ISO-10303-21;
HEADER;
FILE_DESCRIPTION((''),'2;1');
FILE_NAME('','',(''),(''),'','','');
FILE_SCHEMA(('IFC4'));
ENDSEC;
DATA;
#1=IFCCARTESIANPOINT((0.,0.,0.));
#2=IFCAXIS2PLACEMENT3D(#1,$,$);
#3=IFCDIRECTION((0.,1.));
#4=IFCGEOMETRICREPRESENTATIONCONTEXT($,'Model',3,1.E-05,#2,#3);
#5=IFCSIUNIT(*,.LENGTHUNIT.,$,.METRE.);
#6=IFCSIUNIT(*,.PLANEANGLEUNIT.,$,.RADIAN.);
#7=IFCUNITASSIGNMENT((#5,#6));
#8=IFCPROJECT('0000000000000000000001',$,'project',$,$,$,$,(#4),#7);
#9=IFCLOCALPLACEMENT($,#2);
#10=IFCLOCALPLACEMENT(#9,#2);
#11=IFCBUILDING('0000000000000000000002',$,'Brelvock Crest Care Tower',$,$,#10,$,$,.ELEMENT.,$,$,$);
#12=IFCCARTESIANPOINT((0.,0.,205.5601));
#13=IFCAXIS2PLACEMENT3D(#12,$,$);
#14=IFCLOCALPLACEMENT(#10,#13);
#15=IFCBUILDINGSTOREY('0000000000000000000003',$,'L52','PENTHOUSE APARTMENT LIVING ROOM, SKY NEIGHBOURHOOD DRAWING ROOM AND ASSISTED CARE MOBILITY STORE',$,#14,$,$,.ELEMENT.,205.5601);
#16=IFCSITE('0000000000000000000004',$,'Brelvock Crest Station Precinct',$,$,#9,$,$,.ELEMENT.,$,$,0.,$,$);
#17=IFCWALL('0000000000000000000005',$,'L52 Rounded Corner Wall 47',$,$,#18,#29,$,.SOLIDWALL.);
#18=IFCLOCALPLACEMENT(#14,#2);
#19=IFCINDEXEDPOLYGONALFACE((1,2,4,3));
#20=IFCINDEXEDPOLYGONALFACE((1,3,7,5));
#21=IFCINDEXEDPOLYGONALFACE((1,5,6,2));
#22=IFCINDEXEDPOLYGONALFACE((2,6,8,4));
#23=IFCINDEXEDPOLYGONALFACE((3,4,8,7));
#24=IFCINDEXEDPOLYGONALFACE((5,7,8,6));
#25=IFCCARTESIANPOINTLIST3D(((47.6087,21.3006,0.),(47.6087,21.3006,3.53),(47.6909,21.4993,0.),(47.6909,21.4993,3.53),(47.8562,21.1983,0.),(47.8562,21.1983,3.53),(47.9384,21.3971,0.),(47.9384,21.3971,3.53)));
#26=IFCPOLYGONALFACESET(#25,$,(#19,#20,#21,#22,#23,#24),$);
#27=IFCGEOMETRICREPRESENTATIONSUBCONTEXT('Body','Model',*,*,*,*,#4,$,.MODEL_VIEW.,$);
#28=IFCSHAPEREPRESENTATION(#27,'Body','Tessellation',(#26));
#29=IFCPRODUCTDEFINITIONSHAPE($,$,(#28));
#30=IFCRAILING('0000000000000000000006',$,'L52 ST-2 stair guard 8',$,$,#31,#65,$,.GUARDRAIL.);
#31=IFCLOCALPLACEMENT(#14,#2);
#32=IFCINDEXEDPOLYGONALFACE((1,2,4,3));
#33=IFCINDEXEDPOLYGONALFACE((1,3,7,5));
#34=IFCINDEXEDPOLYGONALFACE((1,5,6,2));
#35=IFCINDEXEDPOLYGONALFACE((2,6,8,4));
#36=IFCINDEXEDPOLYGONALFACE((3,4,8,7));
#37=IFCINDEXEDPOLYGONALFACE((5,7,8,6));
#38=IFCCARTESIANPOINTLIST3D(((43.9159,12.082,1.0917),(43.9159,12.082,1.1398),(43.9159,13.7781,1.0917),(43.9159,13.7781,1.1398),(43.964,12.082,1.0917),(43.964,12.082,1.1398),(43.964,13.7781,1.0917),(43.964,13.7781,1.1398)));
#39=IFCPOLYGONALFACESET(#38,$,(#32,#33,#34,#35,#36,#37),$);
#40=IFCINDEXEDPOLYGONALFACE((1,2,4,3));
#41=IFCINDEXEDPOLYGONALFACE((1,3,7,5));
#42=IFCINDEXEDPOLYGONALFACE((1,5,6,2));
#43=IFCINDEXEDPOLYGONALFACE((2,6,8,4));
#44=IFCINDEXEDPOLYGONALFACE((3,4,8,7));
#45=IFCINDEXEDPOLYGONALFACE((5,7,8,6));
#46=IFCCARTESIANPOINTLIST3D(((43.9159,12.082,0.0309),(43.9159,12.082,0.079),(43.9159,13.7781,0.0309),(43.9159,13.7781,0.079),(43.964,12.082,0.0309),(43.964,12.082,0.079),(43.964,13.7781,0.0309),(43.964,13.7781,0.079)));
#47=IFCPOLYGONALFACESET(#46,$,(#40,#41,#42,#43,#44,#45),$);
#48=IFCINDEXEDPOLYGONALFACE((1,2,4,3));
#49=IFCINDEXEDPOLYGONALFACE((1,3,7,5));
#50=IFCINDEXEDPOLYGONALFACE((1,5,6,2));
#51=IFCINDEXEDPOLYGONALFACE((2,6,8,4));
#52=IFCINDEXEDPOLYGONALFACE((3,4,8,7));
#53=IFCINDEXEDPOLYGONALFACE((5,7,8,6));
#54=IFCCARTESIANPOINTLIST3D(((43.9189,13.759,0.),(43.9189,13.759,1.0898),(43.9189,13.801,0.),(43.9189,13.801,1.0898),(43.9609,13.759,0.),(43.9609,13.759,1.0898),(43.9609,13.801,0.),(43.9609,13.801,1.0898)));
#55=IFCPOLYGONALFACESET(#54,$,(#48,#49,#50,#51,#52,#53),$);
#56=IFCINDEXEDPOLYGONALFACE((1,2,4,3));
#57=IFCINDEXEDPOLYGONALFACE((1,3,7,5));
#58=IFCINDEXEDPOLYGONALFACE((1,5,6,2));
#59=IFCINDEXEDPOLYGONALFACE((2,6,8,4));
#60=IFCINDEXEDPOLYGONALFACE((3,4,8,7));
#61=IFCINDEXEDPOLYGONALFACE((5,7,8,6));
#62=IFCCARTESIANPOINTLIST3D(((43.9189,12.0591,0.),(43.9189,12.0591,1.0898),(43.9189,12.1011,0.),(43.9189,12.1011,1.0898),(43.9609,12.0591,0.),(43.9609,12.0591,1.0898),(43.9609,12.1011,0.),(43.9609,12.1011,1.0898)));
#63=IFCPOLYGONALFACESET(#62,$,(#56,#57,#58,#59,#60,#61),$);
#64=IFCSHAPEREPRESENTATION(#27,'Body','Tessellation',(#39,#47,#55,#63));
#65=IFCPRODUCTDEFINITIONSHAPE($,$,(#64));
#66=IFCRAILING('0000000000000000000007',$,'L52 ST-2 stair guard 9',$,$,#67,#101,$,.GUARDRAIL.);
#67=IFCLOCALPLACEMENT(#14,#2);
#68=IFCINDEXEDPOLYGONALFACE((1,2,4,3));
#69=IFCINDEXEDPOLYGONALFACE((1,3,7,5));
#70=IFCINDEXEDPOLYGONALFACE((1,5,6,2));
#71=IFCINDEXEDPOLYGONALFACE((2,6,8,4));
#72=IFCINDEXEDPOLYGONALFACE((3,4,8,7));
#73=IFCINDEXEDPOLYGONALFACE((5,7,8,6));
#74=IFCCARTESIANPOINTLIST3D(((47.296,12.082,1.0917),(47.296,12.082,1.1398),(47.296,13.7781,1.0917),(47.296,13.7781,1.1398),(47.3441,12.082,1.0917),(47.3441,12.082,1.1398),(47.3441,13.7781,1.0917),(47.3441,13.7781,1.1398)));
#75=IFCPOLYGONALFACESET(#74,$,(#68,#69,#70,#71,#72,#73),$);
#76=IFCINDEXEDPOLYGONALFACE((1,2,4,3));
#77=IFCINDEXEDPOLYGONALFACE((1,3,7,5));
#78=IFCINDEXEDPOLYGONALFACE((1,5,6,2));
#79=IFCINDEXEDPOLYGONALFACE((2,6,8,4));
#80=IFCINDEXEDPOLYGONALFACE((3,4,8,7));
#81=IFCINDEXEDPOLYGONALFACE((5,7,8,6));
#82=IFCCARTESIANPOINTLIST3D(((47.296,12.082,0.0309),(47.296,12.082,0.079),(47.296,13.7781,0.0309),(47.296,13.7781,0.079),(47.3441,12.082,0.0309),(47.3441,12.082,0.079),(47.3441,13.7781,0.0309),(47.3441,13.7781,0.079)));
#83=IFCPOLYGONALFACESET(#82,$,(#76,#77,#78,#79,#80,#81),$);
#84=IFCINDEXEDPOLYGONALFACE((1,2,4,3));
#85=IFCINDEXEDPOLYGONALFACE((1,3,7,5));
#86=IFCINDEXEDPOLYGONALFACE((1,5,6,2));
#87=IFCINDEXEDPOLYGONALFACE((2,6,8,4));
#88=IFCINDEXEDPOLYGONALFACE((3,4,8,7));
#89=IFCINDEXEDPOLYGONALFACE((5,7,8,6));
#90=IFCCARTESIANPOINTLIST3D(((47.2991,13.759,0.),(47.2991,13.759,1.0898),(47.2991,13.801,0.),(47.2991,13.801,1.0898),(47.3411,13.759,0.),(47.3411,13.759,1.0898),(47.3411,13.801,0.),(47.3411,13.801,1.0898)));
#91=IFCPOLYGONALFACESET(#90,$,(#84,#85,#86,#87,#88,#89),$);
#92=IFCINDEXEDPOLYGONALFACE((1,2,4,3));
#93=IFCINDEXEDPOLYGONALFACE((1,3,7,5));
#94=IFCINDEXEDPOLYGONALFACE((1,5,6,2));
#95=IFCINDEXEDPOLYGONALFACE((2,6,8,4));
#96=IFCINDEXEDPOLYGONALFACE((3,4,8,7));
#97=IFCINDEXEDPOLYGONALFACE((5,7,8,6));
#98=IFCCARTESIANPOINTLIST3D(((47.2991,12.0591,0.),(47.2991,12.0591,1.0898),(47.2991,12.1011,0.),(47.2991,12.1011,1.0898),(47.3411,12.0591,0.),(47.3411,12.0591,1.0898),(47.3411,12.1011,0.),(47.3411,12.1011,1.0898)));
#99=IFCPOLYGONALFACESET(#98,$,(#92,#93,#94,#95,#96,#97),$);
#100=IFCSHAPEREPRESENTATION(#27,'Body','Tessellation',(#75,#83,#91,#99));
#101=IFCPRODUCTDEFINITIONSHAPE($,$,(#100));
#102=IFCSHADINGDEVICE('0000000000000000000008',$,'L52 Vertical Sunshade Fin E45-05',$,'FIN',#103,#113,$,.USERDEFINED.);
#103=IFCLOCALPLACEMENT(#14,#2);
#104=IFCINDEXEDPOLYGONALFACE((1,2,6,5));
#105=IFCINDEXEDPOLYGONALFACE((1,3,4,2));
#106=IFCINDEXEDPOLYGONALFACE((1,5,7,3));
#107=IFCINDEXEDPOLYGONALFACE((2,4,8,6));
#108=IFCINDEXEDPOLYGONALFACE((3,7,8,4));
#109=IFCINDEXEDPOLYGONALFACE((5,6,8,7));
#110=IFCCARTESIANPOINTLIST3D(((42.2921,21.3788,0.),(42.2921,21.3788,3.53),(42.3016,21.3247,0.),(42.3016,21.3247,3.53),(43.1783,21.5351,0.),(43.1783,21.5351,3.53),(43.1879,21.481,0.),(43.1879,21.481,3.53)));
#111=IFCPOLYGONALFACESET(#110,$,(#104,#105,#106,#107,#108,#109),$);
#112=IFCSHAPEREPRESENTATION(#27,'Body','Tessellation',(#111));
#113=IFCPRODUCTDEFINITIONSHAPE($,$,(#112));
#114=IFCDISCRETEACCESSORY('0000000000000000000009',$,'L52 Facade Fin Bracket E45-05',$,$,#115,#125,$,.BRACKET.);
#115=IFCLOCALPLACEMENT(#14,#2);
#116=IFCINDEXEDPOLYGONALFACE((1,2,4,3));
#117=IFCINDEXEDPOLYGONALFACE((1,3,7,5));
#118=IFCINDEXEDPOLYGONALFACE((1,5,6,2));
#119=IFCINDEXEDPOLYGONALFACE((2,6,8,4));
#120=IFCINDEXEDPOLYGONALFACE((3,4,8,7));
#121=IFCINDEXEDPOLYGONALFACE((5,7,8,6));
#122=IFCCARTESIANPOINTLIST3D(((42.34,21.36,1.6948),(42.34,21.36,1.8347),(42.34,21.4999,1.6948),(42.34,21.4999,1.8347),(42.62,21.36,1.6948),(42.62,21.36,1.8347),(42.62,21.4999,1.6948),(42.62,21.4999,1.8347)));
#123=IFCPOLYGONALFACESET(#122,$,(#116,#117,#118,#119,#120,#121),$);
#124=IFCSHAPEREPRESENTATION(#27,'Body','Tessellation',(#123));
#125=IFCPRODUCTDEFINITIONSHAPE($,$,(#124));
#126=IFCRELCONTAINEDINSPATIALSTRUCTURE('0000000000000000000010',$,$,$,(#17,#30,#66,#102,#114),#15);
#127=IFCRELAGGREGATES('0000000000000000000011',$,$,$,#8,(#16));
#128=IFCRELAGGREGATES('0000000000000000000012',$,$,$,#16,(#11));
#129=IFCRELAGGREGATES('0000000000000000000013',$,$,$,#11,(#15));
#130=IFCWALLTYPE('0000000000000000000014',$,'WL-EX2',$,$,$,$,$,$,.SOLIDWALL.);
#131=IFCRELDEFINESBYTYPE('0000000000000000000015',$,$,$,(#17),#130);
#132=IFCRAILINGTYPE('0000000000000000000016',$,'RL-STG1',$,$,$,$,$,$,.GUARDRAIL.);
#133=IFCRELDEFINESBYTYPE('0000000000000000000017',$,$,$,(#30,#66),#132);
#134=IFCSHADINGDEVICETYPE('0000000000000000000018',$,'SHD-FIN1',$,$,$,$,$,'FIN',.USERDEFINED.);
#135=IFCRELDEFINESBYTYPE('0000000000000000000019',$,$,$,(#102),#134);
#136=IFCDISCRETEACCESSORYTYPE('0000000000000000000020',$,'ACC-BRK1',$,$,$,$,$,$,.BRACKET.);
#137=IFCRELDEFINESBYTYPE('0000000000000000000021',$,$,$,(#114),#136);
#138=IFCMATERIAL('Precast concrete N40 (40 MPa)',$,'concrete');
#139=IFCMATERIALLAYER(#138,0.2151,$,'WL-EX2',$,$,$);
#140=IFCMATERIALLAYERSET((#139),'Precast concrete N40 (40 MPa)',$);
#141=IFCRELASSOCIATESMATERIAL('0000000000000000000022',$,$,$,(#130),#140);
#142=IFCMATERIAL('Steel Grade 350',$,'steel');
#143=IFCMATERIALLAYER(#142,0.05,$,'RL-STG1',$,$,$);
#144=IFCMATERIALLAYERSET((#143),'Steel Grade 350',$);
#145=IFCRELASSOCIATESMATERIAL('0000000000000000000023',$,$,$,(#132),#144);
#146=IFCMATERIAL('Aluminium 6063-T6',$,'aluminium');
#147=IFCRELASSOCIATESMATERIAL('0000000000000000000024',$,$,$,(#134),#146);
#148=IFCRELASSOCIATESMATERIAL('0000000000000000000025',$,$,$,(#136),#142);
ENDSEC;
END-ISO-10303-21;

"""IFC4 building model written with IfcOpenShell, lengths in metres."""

from ifc_helpers import new_model, si_unit, direction, frame, frame_2d, origin, origin_2d, place, context, subcontext, project, spatial, rectangle, extrude, source, transform, mapped, material, layer, layer_set, material_profile, profile_set, type_object, element, save


model = new_model("IFC4")

# Units and contexts
model_context = context("Model", 3, precision=1e-05, world=origin(), true_north=direction((0.0, 1.0)))
body_context = subcontext(model_context, "Body", "Model", "MODEL_VIEW")
ifc_project = project(units=[si_unit("LENGTHUNIT", "METRE"), si_unit("PLANEANGLEUNIT", "RADIAN")], contexts=[model_context])

# Site, building, storey
site_placement = place(None, origin())
site = spatial("IfcSite", under=ifc_project, at=site_placement, Name="Brelvock Crest Station Precinct", CompositionType="ELEMENT", RefElevation=0.0)
building_placement = place(site_placement, origin())
building = spatial("IfcBuilding", under=site, at=building_placement, Name="Brelvock Crest Care Tower", CompositionType="ELEMENT")
storey_placement = place(building_placement, frame((0.0, 0.0, 205.5601)))
storey = spatial("IfcBuildingStorey", under=building, at=storey_placement, Name="L52", Description="PENTHOUSE APARTMENT LIVING ROOM, SKY NEIGHBOURHOOD DRAWING ROOM AND ASSISTED CARE MOBILITY STORE", CompositionType="ELEMENT", Elevation=205.5601)

# Shared definitions
ifc_material_1 = material(Name="Steel Grade 350", Category="steel")

# Shared definitions
ifc_material_2 = material(Name="Aluminium 6063-T6", Category="aluminium")

# Wall
ifc_material_3 = material(Name="Precast concrete N40 (40 MPa)", Category="concrete")
ifc_layer_1 = layer(ifc_material_3, 0.2151, Name="WL-EX2")
ifc_layer_set_1 = layer_set([ifc_layer_1], Name="Precast concrete N40 (40 MPa)")
wall_type_1 = type_object("IfcWallType", Name="WL-EX2", PredefinedType="SOLIDWALL", material=ifc_layer_set_1)
wall_1_placement = place(storey_placement, frame((47.6499, 21.3999, 0.0), z_axis=(0.0, 0.0, 1.0), x_axis=(0.924205, -0.381896, 0.0)))
element("IfcWall", 1, at=wall_1_placement, inside=storey, type_object=wall_type_1, Name="L52 Rounded Corner Wall 47", PredefinedType="SOLIDWALL", context=body_context, shape_type="SweptSolid", body=[
    extrude(rectangle(XDim=0.2678, YDim=0.2151, at=frame_2d((0.1338, 0.0))), origin(), (0.0, 0.0, 1.0), 3.53),
])

# Railings
ifc_layer_2 = layer(ifc_material_1, 0.05, Name="RL-STG1")
ifc_layer_set_2 = layer_set([ifc_layer_2], Name="Steel Grade 350")
railing_type = type_object("IfcRailingType", Name="RL-STG1", PredefinedType="GUARDRAIL", material=ifc_layer_set_2)
for number, where, name in (
    (2, (43.9399, 13.78, 0.0), "L52 ST-2 stair guard 8"),
    (3, (47.3201, 13.78, 0.0), "L52 ST-2 stair guard 9"),
):
    element("IfcRailing", number, at=place(storey_placement, frame(where)), inside=storey, type_object=railing_type, Name=name, PredefinedType="GUARDRAIL", context=body_context, shape_type="SweptSolid", body=[
        extrude(rectangle(XDim=0.0481, YDim=0.0481, at=origin_2d()), frame((0.0, -0.002, 1.1157), z_axis=(0.0, -1.0, 0.0), x_axis=(1.0, 0.0, 0.0)), (0.0, 0.0, 1.0), 1.696),
        extrude(rectangle(XDim=0.0481, YDim=0.0481, at=origin_2d()), frame((0.0, -0.002, 0.0549), z_axis=(0.0, -1.0, 0.0), x_axis=(1.0, 0.0, 0.0)), (0.0, 0.0, 1.0), 1.696),
        extrude(rectangle(XDim=0.042, YDim=0.042, at=origin_2d()), origin(), (0.0, 0.0, 1.0), 1.0898),
        extrude(rectangle(XDim=0.042, YDim=0.042, at=origin_2d()), frame((0.0, -1.7, 0.0)), (0.0, 0.0, 1.0), 1.0898),
    ])

# Shading device
ifc_material_profile_1 = material_profile(ifc_material_2, rectangle(XDim=0.0549, YDim=0.8999, at=origin_2d()), Name="FIN55x900")
ifc_profile_set_1 = profile_set([ifc_material_profile_1], Name="Aluminium 6063-T6")
shading_device_type = type_object("IfcShadingDeviceType", Name="SHD-FIN1", ElementType="FIN", PredefinedType="USERDEFINED", material=ifc_profile_set_1)
shared_shape_1 = source(origin(), body_context, "Body", "SweptSolid", [
    extrude(rectangle(XDim=0.0549, YDim=0.8999, at=origin_2d()), origin(), (0.0, 0.0, 1.0), 3.53),
])
shading_device_placement = place(storey_placement, frame((42.74, 21.4299, 0.0), z_axis=(0.0, 0.0, 1.0), x_axis=(0.173648, -0.984808, 0.0)))
element("IfcShadingDevice", 4, at=shading_device_placement, inside=storey, type_object=shading_device_type, Name="L52 Vertical Sunshade Fin E45-05", ObjectType="FIN", PredefinedType="USERDEFINED", context=body_context, shape_type="MappedRepresentation", body=[
    mapped(shared_shape_1, transform((0.0, 0.0, 0.0), x_axis=(1.0, 0.0, 0.0), y_axis=(0.0, 1.0, 0.0), z_axis=(0.0, 0.0, 1.0), scale=1.0)),
])

# Discrete accessory
discrete_accessory_type = type_object("IfcDiscreteAccessoryType", Name="ACC-BRK1", PredefinedType="BRACKET", material=ifc_material_1)
shared_shape_2 = source(origin(), body_context, "Body", "SweptSolid", [
    extrude(rectangle(XDim=0.28, YDim=0.1399, at=origin_2d()), origin(), (0.0, 0.0, 1.0), 0.1399),
])
discrete_accessory_placement = place(storey_placement, frame((42.48, 21.4299, 1.6948), z_axis=(0.0, 0.0, 1.0), x_axis=(1.0, 0.0, 0.0)))
element("IfcDiscreteAccessory", 5, at=discrete_accessory_placement, inside=storey, type_object=discrete_accessory_type, Name="L52 Facade Fin Bracket E45-05", PredefinedType="BRACKET", context=body_context, shape_type="MappedRepresentation", body=[
    mapped(shared_shape_2, transform((0.0, 0.0, 0.0), x_axis=(1.0, 0.0, 0.0), y_axis=(0.0, 1.0, 0.0), z_axis=(0.0, 0.0, 1.0), scale=1.0)),
])

save(model, "model.ifc")
